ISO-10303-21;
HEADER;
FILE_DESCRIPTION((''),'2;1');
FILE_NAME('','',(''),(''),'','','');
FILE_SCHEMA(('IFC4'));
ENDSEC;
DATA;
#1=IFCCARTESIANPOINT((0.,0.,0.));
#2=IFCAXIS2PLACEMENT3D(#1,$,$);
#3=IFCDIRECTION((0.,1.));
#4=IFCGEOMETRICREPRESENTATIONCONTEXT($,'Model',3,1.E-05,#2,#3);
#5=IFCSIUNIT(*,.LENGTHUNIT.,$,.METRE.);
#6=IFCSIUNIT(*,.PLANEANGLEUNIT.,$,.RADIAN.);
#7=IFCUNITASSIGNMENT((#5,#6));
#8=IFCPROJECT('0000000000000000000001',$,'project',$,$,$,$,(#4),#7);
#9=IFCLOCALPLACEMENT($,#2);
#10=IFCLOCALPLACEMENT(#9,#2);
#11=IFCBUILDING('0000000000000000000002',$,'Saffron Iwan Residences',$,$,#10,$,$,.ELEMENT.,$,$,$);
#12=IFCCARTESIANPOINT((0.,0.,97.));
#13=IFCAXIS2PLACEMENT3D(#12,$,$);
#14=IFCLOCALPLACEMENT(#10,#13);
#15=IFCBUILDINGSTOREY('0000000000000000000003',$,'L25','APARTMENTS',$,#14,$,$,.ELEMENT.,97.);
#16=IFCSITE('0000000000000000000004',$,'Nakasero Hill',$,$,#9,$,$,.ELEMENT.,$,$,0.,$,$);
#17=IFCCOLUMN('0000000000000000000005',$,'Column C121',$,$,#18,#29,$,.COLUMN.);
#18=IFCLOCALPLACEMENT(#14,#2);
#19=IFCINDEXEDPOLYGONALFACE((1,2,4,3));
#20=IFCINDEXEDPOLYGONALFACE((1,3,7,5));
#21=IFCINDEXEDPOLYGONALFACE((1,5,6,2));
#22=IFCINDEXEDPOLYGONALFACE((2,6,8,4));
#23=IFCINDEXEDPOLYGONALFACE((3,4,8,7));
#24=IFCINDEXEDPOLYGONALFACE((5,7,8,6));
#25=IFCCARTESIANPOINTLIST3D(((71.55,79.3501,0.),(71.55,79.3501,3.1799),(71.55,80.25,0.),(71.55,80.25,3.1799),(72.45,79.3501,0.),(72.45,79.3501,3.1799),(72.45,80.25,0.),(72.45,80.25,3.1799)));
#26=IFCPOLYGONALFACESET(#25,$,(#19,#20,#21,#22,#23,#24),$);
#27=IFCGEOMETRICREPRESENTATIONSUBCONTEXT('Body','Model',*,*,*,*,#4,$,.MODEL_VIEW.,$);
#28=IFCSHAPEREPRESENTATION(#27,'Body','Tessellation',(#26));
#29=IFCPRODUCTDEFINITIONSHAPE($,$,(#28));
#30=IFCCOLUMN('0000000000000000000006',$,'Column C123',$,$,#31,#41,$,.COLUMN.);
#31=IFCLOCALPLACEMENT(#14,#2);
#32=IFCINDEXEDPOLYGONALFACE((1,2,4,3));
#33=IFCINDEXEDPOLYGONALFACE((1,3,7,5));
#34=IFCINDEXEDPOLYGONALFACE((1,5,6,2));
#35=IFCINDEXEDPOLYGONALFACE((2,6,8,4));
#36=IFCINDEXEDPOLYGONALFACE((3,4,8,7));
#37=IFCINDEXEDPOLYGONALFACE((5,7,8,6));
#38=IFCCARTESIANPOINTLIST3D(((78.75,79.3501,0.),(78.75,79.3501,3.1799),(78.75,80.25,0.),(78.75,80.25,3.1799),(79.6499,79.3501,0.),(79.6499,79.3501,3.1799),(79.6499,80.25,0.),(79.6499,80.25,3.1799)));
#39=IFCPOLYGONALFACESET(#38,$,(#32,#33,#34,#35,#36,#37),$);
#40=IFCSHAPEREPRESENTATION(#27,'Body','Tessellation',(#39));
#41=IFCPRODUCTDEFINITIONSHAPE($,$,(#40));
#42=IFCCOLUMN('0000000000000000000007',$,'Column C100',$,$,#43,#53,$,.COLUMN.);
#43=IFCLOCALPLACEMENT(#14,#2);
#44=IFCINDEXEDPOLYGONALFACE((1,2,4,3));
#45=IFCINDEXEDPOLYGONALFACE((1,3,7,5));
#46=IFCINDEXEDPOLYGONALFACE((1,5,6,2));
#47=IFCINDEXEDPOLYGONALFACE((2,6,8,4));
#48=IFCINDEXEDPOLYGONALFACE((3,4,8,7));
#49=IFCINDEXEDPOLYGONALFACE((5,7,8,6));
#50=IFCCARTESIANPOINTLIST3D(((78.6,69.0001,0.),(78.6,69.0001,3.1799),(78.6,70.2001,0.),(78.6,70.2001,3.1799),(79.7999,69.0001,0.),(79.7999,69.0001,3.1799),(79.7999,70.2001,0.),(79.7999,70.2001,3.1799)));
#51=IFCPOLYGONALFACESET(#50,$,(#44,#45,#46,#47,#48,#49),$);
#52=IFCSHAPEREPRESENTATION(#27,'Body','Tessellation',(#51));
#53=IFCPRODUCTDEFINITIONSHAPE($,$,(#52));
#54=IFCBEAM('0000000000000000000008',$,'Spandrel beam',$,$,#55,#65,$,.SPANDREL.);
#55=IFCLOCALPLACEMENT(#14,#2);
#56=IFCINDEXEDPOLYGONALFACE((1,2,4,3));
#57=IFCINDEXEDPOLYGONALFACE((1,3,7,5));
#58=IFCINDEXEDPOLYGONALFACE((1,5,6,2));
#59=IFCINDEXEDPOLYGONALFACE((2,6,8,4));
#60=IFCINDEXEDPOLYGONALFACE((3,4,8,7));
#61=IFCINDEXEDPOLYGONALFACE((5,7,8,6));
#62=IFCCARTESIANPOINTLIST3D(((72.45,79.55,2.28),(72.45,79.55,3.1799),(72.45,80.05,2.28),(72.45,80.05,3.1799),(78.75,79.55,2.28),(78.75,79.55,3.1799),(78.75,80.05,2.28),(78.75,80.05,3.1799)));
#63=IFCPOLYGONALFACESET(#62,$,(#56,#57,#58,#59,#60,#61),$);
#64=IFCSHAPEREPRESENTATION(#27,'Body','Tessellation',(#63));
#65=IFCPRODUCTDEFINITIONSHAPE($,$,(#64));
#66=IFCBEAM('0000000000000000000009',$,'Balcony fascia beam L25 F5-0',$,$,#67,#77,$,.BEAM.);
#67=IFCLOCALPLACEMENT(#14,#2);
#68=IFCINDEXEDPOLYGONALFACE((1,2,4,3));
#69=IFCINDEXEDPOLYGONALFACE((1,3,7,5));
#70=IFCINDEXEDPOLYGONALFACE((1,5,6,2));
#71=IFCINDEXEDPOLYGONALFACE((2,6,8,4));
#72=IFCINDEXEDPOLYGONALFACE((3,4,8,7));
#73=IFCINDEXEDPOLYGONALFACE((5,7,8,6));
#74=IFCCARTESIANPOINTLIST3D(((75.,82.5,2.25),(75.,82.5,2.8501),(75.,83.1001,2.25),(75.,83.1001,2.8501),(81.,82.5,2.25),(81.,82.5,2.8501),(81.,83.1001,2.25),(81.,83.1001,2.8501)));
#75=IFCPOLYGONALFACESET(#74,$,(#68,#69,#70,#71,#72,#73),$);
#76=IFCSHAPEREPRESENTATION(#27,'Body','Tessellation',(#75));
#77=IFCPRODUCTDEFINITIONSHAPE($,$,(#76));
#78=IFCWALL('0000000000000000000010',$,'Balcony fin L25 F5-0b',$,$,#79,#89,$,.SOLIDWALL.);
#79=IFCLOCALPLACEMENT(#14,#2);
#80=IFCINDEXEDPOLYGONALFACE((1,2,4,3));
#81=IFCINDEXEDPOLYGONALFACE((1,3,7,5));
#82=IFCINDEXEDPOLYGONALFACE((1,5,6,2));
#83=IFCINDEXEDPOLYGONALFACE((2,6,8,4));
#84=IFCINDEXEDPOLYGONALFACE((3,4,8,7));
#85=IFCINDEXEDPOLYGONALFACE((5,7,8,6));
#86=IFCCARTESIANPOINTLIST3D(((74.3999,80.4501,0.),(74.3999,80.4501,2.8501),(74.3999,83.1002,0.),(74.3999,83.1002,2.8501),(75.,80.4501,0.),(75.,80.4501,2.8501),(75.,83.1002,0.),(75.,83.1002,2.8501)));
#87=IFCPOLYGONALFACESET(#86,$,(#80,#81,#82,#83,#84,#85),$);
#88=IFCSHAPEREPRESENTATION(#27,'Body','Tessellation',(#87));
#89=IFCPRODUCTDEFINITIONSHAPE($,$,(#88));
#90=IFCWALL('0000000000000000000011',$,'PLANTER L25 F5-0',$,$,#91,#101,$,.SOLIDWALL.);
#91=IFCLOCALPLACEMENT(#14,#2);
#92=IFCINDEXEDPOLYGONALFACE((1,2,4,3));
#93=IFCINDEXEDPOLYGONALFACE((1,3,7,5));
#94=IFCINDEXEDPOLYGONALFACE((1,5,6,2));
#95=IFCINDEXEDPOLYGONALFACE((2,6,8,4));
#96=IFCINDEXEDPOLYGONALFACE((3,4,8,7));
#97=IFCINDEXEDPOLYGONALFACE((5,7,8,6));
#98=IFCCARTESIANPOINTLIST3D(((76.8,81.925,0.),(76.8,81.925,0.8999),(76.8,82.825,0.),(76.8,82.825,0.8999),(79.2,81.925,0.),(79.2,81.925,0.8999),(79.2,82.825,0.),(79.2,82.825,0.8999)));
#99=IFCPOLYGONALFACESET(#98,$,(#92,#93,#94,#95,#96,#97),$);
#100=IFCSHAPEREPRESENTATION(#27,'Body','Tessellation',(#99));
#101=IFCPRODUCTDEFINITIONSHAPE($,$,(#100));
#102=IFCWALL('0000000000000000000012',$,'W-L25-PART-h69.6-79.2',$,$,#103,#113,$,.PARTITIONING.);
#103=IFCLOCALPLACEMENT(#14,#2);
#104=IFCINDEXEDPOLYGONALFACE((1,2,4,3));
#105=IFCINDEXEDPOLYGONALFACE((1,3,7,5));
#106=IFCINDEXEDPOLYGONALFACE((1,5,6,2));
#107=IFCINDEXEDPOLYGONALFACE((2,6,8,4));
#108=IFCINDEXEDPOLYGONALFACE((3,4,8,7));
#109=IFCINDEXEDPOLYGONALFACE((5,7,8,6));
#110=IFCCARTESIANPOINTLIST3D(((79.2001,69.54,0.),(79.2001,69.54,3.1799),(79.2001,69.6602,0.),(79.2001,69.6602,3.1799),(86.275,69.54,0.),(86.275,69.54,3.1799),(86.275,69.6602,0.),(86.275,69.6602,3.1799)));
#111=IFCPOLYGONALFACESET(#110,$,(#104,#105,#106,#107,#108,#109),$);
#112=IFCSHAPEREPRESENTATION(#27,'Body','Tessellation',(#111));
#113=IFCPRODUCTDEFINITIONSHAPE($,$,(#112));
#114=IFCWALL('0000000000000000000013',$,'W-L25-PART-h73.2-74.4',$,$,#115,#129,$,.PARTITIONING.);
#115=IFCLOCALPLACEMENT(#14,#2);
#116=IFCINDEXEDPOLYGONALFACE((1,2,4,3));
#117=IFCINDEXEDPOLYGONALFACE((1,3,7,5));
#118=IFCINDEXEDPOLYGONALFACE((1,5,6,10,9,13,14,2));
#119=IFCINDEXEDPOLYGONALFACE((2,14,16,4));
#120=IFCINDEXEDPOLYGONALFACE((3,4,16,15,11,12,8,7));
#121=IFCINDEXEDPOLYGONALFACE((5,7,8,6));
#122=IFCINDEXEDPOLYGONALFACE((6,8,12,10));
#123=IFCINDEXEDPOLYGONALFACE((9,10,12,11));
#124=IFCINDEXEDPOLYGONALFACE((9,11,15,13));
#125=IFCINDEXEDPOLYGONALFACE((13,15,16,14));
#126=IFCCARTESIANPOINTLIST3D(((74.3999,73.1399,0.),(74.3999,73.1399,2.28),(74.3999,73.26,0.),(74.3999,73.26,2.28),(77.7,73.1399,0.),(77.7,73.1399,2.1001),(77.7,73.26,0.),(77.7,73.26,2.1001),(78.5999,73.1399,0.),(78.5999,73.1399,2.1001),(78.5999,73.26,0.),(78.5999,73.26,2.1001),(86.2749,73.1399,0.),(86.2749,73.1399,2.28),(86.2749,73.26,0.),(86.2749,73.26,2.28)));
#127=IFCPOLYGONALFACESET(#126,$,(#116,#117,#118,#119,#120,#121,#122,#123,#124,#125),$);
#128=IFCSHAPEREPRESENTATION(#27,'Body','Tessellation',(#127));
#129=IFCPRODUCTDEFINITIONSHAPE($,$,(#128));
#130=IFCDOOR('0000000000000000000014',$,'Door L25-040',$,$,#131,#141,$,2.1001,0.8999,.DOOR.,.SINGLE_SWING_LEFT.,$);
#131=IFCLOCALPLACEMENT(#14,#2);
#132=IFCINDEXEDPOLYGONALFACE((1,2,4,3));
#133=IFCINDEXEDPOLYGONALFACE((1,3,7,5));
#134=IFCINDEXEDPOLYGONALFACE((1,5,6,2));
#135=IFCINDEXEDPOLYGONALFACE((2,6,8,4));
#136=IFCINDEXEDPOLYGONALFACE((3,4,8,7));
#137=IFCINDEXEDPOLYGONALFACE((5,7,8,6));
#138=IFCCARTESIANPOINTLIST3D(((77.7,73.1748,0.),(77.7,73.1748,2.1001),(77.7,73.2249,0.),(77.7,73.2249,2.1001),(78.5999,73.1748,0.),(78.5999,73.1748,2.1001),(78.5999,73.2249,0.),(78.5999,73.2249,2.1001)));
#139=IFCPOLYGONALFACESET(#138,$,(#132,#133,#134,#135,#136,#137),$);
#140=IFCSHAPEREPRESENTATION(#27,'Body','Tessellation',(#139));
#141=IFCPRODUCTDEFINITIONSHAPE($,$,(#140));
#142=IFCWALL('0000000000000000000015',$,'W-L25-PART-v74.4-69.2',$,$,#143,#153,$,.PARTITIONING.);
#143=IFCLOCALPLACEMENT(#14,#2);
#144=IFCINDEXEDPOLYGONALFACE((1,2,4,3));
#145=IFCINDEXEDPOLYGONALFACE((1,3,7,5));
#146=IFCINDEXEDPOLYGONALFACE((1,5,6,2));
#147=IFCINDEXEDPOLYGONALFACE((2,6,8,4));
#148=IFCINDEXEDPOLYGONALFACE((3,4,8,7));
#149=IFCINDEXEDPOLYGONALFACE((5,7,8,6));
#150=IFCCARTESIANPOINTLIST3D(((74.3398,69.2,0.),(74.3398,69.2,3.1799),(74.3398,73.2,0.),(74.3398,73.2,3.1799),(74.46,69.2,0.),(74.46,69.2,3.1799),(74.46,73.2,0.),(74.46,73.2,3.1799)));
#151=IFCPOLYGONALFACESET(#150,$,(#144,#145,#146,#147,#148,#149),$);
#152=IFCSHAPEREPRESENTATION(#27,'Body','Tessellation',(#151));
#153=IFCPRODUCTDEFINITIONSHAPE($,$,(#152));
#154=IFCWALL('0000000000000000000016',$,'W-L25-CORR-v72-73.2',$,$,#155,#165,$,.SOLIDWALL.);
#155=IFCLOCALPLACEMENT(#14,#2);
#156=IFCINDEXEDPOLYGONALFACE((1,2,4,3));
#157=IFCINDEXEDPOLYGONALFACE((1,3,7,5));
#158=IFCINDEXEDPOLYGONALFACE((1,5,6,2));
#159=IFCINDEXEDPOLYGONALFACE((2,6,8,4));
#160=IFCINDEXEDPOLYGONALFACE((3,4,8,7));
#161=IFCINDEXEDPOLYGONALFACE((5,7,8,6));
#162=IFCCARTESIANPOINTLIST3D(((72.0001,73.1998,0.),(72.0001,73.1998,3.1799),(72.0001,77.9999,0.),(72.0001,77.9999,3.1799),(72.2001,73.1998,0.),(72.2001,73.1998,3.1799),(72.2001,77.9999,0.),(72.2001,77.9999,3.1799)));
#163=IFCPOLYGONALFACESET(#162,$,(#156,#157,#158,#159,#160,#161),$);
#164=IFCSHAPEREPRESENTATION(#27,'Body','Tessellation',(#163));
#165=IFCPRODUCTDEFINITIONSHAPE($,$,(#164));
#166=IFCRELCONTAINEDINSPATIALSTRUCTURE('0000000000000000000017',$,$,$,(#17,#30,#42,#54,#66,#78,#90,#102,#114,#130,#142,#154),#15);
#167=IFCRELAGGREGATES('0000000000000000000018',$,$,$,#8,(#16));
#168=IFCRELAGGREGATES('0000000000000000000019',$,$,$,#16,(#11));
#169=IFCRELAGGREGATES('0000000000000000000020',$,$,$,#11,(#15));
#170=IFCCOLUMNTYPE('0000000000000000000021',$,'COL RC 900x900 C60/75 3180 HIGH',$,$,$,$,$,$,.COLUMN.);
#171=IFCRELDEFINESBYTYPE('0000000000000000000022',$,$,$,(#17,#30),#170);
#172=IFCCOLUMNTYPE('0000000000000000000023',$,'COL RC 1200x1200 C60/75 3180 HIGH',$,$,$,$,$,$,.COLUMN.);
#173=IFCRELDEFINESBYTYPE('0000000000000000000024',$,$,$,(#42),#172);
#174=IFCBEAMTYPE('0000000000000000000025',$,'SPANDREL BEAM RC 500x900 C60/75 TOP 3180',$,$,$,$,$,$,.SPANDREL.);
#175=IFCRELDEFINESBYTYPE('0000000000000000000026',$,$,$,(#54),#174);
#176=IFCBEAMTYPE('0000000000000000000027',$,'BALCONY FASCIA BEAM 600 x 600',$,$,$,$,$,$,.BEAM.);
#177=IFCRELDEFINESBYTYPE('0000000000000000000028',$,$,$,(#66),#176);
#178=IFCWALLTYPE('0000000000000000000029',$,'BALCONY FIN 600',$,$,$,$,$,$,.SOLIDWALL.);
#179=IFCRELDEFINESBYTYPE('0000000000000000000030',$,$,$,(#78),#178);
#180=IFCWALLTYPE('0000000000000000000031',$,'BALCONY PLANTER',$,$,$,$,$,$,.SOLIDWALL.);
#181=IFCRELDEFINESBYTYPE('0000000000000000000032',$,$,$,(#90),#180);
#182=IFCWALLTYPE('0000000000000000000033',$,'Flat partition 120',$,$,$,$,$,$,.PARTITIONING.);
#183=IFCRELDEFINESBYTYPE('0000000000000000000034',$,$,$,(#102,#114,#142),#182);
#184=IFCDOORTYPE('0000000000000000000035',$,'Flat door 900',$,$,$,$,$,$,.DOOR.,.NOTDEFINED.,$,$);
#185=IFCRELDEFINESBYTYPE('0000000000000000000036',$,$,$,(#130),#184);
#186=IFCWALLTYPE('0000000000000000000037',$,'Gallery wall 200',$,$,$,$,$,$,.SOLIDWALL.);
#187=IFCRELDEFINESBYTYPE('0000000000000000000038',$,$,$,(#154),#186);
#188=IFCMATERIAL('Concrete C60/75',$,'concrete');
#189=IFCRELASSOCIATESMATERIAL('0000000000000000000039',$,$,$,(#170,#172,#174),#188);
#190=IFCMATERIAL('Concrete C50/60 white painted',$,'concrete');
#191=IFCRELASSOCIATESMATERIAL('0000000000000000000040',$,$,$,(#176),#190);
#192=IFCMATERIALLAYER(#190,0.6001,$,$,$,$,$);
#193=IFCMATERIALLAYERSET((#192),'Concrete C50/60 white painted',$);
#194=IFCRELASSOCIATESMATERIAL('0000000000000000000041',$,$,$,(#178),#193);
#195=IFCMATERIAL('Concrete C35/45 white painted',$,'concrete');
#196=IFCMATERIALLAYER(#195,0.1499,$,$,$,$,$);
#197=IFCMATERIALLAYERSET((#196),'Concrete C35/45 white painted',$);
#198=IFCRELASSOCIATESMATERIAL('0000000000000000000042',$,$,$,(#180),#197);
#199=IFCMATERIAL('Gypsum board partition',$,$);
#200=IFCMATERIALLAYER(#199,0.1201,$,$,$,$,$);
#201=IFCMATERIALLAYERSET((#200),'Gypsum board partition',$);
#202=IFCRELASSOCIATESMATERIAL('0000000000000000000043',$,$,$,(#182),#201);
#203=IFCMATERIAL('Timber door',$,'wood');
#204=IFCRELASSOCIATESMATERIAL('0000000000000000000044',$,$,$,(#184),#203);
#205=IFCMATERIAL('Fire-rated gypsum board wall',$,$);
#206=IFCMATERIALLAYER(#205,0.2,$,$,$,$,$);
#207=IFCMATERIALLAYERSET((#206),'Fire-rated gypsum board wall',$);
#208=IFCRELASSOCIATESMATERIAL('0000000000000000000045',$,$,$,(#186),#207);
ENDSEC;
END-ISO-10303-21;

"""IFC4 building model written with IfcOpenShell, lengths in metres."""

from ifc_helpers import new_model, si_unit, direction, frame, frame_2d, origin, origin_2d, place, context, subcontext, project, spatial, rectangle, extrude, source, transform, mapped, material, layer, layer_set, material_profile, profile_set, type_object, element, fill, save


model = new_model("IFC4")

# Units and contexts
model_context = context("Model", 3, precision=1e-05, world=origin(), true_north=direction((0.0, 1.0)))
body_context = subcontext(model_context, "Body", "Model", "MODEL_VIEW")
ifc_project = project(units=[si_unit("LENGTHUNIT", "METRE"), si_unit("PLANEANGLEUNIT", "RADIAN")], contexts=[model_context])

# Site, building, storey
site_placement = place(None, origin())
site = spatial("IfcSite", under=ifc_project, at=site_placement, Name="Nakasero Hill", CompositionType="ELEMENT", RefElevation=0.0)
building_placement = place(site_placement, origin())
building = spatial("IfcBuilding", under=site, at=building_placement, Name="Saffron Iwan Residences", CompositionType="ELEMENT")
storey_placement = place(building_placement, frame((0.0, 0.0, 97.0)))
storey = spatial("IfcBuildingStorey", under=building, at=storey_placement, Name="L25", Description="APARTMENTS", CompositionType="ELEMENT", Elevation=97.0)

# Columns
ifc_material_1 = material(Name="Concrete C60/75", Category="concrete")
ifc_material_profile_1 = material_profile(ifc_material_1, rectangle(XDim=0.8999, YDim=0.8999, at=origin_2d()), Name="RC 900x900")
ifc_profile_set_1 = profile_set([ifc_material_profile_1], Name="Concrete C60/75")
column_type_1 = type_object("IfcColumnType", Name="COL RC 900x900 C60/75 3180 HIGH", PredefinedType="COLUMN", material=ifc_profile_set_1)
shared_shape_1 = source(origin(), body_context, "Body", "SweptSolid", [
    extrude(rectangle(XDim=0.8999, YDim=0.8999, at=origin_2d()), origin(), (0.0, 0.0, 1.0), 3.1799),
])
for number, where, z_axis, x_axis, name in (
    (1, (72.0, 79.8, 0.0), (0.0, 0.0, 1.0), (1.0, 0.0, 0.0), "Column C121"),
    (2, (79.2, 79.8, 0.0), (0.0, 0.0, 1.0), (1.0, 0.0, 0.0), "Column C123"),
):
    element("IfcColumn", number, at=place(storey_placement, frame(where, z_axis=z_axis, x_axis=x_axis)), inside=storey, type_object=column_type_1, Name=name, PredefinedType="COLUMN", context=body_context, shape_type="MappedRepresentation", body=[
        mapped(shared_shape_1, transform((0.0, 0.0, 0.0))),
    ])
ifc_material_profile_2 = material_profile(ifc_material_1, rectangle(XDim=1.2, YDim=1.2, at=origin_2d()), Name="RC 1200x1200")
ifc_profile_set_2 = profile_set([ifc_material_profile_2], Name="Concrete C60/75")
column_type_2 = type_object("IfcColumnType", Name="COL RC 1200x1200 C60/75 3180 HIGH", PredefinedType="COLUMN", material=ifc_profile_set_2)
shared_shape_2 = source(origin(), body_context, "Body", "SweptSolid", [
    extrude(rectangle(XDim=1.2, YDim=1.2, at=origin_2d()), origin(), (0.0, 0.0, 1.0), 3.1799),
])
column_placement = place(storey_placement, frame((79.2, 69.6001, 0.0), z_axis=(0.0, 0.0, 1.0), x_axis=(1.0, 0.0, 0.0)))
element("IfcColumn", 3, at=column_placement, inside=storey, type_object=column_type_2, Name="Column C100", PredefinedType="COLUMN", context=body_context, shape_type="MappedRepresentation", body=[
    mapped(shared_shape_2, transform((0.0, 0.0, 0.0))),
])

# Beams
ifc_material_profile_3 = material_profile(ifc_material_1, rectangle(XDim=0.5, YDim=0.8999, at=origin_2d()), Name="RC 500x900")
ifc_profile_set_3 = profile_set([ifc_material_profile_3], Name="Concrete C60/75")
beam_type_1 = type_object("IfcBeamType", Name="SPANDREL BEAM RC 500x900 C60/75 TOP 3180", PredefinedType="SPANDREL", material=ifc_profile_set_3)
shared_shape_3 = source(origin(), body_context, "Body", "SweptSolid", [
    extrude(rectangle(XDim=0.5, YDim=0.8999, at=origin_2d()), origin(), (0.0, 0.0, 1.0), 6.3),
])
beam_1_placement = place(storey_placement, frame((72.45, 79.8, 2.73), z_axis=(1.0, 0.0, 0.0), x_axis=(0.0, 1.0, 0.0)))
element("IfcBeam", 4, at=beam_1_placement, inside=storey, type_object=beam_type_1, Name="Spandrel beam", PredefinedType="SPANDREL", context=body_context, shape_type="MappedRepresentation", body=[
    mapped(shared_shape_3, transform((0.0, 0.0, 0.0))),
])
ifc_material_2 = material(Name="Concrete C50/60 white painted", Category="concrete")
ifc_material_profile_4 = material_profile(ifc_material_2, rectangle(XDim=0.6001, YDim=0.6001, at=origin_2d()), Name="BALCONY FASCIA BEAM 600 x 600")
ifc_profile_set_4 = profile_set([ifc_material_profile_4], Name="Concrete C50/60 white painted")
beam_type_2 = type_object("IfcBeamType", Name="BALCONY FASCIA BEAM 600 x 600", PredefinedType="BEAM", material=ifc_profile_set_4)
shared_shape_4 = source(origin(), body_context, "Body", "SweptSolid", [
    extrude(rectangle(XDim=0.6001, YDim=0.6001, at=origin_2d()), origin(), (0.0, 0.0, 1.0), 6.0),
])
beam_2_placement = place(storey_placement, frame((81.0, 82.8, 2.55), z_axis=(-1.0, 0.0, 0.0), x_axis=(0.0, -1.0, 0.0)))
element("IfcBeam", 5, at=beam_2_placement, inside=storey, type_object=beam_type_2, Name="Balcony fascia beam L25 F5-0", PredefinedType="BEAM", context=body_context, shape_type="MappedRepresentation", body=[
    mapped(shared_shape_4, transform((0.0, 0.0, 0.0))),
])

# Walls
ifc_layer_1 = layer(ifc_material_2, 0.6001)
ifc_layer_set_1 = layer_set([ifc_layer_1], Name="Concrete C50/60 white painted")
wall_type_1 = type_object("IfcWallType", Name="BALCONY FIN 600", PredefinedType="SOLIDWALL", material=ifc_layer_set_1)
wall_1_placement = place(storey_placement, frame((74.7, 80.45, 0.0), z_axis=(0.0, 0.0, 1.0), x_axis=(0.0, 1.0, 0.0)))
element("IfcWall", 6, at=wall_1_placement, inside=storey, type_object=wall_type_1, Name="Balcony fin L25 F5-0b", PredefinedType="SOLIDWALL", context=body_context, shape_type="SweptSolid", body=[
    extrude(rectangle(XDim=2.6501, YDim=0.6001, at=frame_2d((1.3252, 0.0))), origin(), (0.0, 0.0, 1.0), 2.8501),
])
ifc_material_3 = material(Name="Concrete C35/45 white painted", Category="concrete")
ifc_layer_2 = layer(ifc_material_3, 0.1499)
ifc_layer_set_2 = layer_set([ifc_layer_2], Name="Concrete C35/45 white painted")
wall_type_2 = type_object("IfcWallType", Name="BALCONY PLANTER", PredefinedType="SOLIDWALL", material=ifc_layer_set_2)
wall_2_placement = place(storey_placement, frame((79.2, 82.375, 0.0), z_axis=(0.0, 0.0, 1.0), x_axis=(-1.0, 0.0, 0.0)))
element("IfcWall", 7, at=wall_2_placement, inside=storey, type_object=wall_type_2, Name="PLANTER L25 F5-0", PredefinedType="SOLIDWALL", context=body_context, shape_type="SweptSolid", body=[
    extrude(rectangle(XDim=2.3999, YDim=0.8999, at=frame_2d((1.2, 0.0))), origin(), (0.0, 0.0, 1.0), 0.8999),
])
ifc_material_4 = material(Name="Gypsum board partition")
ifc_layer_3 = layer(ifc_material_4, 0.1201)
ifc_layer_set_3 = layer_set([ifc_layer_3], Name="Gypsum board partition")
wall_type_3 = type_object("IfcWallType", Name="Flat partition 120", PredefinedType="PARTITIONING", material=ifc_layer_set_3)
wall_3_placement = place(storey_placement, frame((79.2, 69.6001, 0.0), z_axis=(0.0, 0.0, 1.0), x_axis=(1.0, 0.0, 0.0)))
element("IfcWall", 8, at=wall_3_placement, inside=storey, type_object=wall_type_3, Name="W-L25-PART-h69.6-79.2", PredefinedType="PARTITIONING", context=body_context, shape_type="SweptSolid", body=[
    extrude(rectangle(XDim=7.075, YDim=0.1201, at=frame_2d((3.5376, 0.0))), origin(), (0.0, 0.0, 1.0), 3.1799),
])

# Wall, opening, door
wall_4_placement = place(storey_placement, frame((74.3999, 73.2, 0.0), z_axis=(0.0, 0.0, 1.0), x_axis=(1.0, 0.0, 0.0)))
wall_4 = element("IfcWall", 9, at=wall_4_placement, inside=storey, type_object=wall_type_3, Name="W-L25-PART-h73.2-74.4", PredefinedType="PARTITIONING", context=body_context, shape_type="SweptSolid", body=[
    extrude(rectangle(XDim=11.875, YDim=0.1201, at=frame_2d((5.9375, 0.0))), origin(), (0.0, 0.0, 1.0), 2.28),
])
opening_placement = place(wall_4_placement, frame((3.3, 0.0, 0.0)))
opening = element("IfcOpeningElement", 10, at=opening_placement, cuts=wall_4, PredefinedType="OPENING", context=body_context, shape_type="SweptSolid", body=[
    extrude(rectangle(XDim=0.8999, YDim=2.1001, at=frame_2d((0.45, 1.05))), frame((0.0, 0.0701, 0.0), z_axis=(0.0, -1.0, 0.0), x_axis=(1.0, 0.0, 0.0)), (0.0, 0.0, 1.0), 0.1401),
])
ifc_material_5 = material(Name="Timber door", Category="wood")
door_type = type_object("IfcDoorType", Name="Flat door 900", OperationType="NOTDEFINED", PredefinedType="DOOR", material=ifc_material_5)
door_placement = place(opening_placement, origin())
door = element("IfcDoor", 11, at=door_placement, inside=storey, type_object=door_type, Name="Door L25-040", OperationType="SINGLE_SWING_LEFT", OverallHeight=2.1001, OverallWidth=0.8999, PredefinedType="DOOR", context=body_context, shape_type="SweptSolid", body=[
    extrude(rectangle(XDim=0.8999, YDim=2.1001, at=frame_2d((0.45, 1.05))), frame((0.0, 0.0249, 0.0), z_axis=(0.0, -1.0, 0.0), x_axis=(1.0, 0.0, 0.0)), (0.0, 0.0, 1.0), 0.05),
])
fill(opening, door)

# Walls
wall_5_placement = place(storey_placement, frame((74.3999, 69.2, 0.0), z_axis=(0.0, 0.0, 1.0), x_axis=(0.0, 1.0, 0.0)))
element("IfcWall", 12, at=wall_5_placement, inside=storey, type_object=wall_type_3, Name="W-L25-PART-v74.4-69.2", PredefinedType="PARTITIONING", context=body_context, shape_type="SweptSolid", body=[
    extrude(rectangle(XDim=4.0, YDim=0.1201, at=frame_2d((2.0, 0.0))), origin(), (0.0, 0.0, 1.0), 3.1799),
])
ifc_material_6 = material(Name="Fire-rated gypsum board wall")
ifc_layer_4 = layer(ifc_material_6, 0.2)
ifc_layer_set_4 = layer_set([ifc_layer_4], Name="Fire-rated gypsum board wall")
wall_type_4 = type_object("IfcWallType", Name="Gallery wall 200", PredefinedType="SOLIDWALL", material=ifc_layer_set_4)
wall_6_placement = place(storey_placement, frame((72.1001, 73.2, 0.0), z_axis=(0.0, 0.0, 1.0), x_axis=(0.0, 1.0, 0.0)))
element("IfcWall", 13, at=wall_6_placement, inside=storey, type_object=wall_type_4, Name="W-L25-CORR-v72-73.2", PredefinedType="SOLIDWALL", context=body_context, shape_type="SweptSolid", body=[
    extrude(rectangle(XDim=4.8, YDim=0.2, at=frame_2d((2.3999, 0.0))), origin(), (0.0, 0.0, 1.0), 3.1799),
])

save(model, "model.ifc")
